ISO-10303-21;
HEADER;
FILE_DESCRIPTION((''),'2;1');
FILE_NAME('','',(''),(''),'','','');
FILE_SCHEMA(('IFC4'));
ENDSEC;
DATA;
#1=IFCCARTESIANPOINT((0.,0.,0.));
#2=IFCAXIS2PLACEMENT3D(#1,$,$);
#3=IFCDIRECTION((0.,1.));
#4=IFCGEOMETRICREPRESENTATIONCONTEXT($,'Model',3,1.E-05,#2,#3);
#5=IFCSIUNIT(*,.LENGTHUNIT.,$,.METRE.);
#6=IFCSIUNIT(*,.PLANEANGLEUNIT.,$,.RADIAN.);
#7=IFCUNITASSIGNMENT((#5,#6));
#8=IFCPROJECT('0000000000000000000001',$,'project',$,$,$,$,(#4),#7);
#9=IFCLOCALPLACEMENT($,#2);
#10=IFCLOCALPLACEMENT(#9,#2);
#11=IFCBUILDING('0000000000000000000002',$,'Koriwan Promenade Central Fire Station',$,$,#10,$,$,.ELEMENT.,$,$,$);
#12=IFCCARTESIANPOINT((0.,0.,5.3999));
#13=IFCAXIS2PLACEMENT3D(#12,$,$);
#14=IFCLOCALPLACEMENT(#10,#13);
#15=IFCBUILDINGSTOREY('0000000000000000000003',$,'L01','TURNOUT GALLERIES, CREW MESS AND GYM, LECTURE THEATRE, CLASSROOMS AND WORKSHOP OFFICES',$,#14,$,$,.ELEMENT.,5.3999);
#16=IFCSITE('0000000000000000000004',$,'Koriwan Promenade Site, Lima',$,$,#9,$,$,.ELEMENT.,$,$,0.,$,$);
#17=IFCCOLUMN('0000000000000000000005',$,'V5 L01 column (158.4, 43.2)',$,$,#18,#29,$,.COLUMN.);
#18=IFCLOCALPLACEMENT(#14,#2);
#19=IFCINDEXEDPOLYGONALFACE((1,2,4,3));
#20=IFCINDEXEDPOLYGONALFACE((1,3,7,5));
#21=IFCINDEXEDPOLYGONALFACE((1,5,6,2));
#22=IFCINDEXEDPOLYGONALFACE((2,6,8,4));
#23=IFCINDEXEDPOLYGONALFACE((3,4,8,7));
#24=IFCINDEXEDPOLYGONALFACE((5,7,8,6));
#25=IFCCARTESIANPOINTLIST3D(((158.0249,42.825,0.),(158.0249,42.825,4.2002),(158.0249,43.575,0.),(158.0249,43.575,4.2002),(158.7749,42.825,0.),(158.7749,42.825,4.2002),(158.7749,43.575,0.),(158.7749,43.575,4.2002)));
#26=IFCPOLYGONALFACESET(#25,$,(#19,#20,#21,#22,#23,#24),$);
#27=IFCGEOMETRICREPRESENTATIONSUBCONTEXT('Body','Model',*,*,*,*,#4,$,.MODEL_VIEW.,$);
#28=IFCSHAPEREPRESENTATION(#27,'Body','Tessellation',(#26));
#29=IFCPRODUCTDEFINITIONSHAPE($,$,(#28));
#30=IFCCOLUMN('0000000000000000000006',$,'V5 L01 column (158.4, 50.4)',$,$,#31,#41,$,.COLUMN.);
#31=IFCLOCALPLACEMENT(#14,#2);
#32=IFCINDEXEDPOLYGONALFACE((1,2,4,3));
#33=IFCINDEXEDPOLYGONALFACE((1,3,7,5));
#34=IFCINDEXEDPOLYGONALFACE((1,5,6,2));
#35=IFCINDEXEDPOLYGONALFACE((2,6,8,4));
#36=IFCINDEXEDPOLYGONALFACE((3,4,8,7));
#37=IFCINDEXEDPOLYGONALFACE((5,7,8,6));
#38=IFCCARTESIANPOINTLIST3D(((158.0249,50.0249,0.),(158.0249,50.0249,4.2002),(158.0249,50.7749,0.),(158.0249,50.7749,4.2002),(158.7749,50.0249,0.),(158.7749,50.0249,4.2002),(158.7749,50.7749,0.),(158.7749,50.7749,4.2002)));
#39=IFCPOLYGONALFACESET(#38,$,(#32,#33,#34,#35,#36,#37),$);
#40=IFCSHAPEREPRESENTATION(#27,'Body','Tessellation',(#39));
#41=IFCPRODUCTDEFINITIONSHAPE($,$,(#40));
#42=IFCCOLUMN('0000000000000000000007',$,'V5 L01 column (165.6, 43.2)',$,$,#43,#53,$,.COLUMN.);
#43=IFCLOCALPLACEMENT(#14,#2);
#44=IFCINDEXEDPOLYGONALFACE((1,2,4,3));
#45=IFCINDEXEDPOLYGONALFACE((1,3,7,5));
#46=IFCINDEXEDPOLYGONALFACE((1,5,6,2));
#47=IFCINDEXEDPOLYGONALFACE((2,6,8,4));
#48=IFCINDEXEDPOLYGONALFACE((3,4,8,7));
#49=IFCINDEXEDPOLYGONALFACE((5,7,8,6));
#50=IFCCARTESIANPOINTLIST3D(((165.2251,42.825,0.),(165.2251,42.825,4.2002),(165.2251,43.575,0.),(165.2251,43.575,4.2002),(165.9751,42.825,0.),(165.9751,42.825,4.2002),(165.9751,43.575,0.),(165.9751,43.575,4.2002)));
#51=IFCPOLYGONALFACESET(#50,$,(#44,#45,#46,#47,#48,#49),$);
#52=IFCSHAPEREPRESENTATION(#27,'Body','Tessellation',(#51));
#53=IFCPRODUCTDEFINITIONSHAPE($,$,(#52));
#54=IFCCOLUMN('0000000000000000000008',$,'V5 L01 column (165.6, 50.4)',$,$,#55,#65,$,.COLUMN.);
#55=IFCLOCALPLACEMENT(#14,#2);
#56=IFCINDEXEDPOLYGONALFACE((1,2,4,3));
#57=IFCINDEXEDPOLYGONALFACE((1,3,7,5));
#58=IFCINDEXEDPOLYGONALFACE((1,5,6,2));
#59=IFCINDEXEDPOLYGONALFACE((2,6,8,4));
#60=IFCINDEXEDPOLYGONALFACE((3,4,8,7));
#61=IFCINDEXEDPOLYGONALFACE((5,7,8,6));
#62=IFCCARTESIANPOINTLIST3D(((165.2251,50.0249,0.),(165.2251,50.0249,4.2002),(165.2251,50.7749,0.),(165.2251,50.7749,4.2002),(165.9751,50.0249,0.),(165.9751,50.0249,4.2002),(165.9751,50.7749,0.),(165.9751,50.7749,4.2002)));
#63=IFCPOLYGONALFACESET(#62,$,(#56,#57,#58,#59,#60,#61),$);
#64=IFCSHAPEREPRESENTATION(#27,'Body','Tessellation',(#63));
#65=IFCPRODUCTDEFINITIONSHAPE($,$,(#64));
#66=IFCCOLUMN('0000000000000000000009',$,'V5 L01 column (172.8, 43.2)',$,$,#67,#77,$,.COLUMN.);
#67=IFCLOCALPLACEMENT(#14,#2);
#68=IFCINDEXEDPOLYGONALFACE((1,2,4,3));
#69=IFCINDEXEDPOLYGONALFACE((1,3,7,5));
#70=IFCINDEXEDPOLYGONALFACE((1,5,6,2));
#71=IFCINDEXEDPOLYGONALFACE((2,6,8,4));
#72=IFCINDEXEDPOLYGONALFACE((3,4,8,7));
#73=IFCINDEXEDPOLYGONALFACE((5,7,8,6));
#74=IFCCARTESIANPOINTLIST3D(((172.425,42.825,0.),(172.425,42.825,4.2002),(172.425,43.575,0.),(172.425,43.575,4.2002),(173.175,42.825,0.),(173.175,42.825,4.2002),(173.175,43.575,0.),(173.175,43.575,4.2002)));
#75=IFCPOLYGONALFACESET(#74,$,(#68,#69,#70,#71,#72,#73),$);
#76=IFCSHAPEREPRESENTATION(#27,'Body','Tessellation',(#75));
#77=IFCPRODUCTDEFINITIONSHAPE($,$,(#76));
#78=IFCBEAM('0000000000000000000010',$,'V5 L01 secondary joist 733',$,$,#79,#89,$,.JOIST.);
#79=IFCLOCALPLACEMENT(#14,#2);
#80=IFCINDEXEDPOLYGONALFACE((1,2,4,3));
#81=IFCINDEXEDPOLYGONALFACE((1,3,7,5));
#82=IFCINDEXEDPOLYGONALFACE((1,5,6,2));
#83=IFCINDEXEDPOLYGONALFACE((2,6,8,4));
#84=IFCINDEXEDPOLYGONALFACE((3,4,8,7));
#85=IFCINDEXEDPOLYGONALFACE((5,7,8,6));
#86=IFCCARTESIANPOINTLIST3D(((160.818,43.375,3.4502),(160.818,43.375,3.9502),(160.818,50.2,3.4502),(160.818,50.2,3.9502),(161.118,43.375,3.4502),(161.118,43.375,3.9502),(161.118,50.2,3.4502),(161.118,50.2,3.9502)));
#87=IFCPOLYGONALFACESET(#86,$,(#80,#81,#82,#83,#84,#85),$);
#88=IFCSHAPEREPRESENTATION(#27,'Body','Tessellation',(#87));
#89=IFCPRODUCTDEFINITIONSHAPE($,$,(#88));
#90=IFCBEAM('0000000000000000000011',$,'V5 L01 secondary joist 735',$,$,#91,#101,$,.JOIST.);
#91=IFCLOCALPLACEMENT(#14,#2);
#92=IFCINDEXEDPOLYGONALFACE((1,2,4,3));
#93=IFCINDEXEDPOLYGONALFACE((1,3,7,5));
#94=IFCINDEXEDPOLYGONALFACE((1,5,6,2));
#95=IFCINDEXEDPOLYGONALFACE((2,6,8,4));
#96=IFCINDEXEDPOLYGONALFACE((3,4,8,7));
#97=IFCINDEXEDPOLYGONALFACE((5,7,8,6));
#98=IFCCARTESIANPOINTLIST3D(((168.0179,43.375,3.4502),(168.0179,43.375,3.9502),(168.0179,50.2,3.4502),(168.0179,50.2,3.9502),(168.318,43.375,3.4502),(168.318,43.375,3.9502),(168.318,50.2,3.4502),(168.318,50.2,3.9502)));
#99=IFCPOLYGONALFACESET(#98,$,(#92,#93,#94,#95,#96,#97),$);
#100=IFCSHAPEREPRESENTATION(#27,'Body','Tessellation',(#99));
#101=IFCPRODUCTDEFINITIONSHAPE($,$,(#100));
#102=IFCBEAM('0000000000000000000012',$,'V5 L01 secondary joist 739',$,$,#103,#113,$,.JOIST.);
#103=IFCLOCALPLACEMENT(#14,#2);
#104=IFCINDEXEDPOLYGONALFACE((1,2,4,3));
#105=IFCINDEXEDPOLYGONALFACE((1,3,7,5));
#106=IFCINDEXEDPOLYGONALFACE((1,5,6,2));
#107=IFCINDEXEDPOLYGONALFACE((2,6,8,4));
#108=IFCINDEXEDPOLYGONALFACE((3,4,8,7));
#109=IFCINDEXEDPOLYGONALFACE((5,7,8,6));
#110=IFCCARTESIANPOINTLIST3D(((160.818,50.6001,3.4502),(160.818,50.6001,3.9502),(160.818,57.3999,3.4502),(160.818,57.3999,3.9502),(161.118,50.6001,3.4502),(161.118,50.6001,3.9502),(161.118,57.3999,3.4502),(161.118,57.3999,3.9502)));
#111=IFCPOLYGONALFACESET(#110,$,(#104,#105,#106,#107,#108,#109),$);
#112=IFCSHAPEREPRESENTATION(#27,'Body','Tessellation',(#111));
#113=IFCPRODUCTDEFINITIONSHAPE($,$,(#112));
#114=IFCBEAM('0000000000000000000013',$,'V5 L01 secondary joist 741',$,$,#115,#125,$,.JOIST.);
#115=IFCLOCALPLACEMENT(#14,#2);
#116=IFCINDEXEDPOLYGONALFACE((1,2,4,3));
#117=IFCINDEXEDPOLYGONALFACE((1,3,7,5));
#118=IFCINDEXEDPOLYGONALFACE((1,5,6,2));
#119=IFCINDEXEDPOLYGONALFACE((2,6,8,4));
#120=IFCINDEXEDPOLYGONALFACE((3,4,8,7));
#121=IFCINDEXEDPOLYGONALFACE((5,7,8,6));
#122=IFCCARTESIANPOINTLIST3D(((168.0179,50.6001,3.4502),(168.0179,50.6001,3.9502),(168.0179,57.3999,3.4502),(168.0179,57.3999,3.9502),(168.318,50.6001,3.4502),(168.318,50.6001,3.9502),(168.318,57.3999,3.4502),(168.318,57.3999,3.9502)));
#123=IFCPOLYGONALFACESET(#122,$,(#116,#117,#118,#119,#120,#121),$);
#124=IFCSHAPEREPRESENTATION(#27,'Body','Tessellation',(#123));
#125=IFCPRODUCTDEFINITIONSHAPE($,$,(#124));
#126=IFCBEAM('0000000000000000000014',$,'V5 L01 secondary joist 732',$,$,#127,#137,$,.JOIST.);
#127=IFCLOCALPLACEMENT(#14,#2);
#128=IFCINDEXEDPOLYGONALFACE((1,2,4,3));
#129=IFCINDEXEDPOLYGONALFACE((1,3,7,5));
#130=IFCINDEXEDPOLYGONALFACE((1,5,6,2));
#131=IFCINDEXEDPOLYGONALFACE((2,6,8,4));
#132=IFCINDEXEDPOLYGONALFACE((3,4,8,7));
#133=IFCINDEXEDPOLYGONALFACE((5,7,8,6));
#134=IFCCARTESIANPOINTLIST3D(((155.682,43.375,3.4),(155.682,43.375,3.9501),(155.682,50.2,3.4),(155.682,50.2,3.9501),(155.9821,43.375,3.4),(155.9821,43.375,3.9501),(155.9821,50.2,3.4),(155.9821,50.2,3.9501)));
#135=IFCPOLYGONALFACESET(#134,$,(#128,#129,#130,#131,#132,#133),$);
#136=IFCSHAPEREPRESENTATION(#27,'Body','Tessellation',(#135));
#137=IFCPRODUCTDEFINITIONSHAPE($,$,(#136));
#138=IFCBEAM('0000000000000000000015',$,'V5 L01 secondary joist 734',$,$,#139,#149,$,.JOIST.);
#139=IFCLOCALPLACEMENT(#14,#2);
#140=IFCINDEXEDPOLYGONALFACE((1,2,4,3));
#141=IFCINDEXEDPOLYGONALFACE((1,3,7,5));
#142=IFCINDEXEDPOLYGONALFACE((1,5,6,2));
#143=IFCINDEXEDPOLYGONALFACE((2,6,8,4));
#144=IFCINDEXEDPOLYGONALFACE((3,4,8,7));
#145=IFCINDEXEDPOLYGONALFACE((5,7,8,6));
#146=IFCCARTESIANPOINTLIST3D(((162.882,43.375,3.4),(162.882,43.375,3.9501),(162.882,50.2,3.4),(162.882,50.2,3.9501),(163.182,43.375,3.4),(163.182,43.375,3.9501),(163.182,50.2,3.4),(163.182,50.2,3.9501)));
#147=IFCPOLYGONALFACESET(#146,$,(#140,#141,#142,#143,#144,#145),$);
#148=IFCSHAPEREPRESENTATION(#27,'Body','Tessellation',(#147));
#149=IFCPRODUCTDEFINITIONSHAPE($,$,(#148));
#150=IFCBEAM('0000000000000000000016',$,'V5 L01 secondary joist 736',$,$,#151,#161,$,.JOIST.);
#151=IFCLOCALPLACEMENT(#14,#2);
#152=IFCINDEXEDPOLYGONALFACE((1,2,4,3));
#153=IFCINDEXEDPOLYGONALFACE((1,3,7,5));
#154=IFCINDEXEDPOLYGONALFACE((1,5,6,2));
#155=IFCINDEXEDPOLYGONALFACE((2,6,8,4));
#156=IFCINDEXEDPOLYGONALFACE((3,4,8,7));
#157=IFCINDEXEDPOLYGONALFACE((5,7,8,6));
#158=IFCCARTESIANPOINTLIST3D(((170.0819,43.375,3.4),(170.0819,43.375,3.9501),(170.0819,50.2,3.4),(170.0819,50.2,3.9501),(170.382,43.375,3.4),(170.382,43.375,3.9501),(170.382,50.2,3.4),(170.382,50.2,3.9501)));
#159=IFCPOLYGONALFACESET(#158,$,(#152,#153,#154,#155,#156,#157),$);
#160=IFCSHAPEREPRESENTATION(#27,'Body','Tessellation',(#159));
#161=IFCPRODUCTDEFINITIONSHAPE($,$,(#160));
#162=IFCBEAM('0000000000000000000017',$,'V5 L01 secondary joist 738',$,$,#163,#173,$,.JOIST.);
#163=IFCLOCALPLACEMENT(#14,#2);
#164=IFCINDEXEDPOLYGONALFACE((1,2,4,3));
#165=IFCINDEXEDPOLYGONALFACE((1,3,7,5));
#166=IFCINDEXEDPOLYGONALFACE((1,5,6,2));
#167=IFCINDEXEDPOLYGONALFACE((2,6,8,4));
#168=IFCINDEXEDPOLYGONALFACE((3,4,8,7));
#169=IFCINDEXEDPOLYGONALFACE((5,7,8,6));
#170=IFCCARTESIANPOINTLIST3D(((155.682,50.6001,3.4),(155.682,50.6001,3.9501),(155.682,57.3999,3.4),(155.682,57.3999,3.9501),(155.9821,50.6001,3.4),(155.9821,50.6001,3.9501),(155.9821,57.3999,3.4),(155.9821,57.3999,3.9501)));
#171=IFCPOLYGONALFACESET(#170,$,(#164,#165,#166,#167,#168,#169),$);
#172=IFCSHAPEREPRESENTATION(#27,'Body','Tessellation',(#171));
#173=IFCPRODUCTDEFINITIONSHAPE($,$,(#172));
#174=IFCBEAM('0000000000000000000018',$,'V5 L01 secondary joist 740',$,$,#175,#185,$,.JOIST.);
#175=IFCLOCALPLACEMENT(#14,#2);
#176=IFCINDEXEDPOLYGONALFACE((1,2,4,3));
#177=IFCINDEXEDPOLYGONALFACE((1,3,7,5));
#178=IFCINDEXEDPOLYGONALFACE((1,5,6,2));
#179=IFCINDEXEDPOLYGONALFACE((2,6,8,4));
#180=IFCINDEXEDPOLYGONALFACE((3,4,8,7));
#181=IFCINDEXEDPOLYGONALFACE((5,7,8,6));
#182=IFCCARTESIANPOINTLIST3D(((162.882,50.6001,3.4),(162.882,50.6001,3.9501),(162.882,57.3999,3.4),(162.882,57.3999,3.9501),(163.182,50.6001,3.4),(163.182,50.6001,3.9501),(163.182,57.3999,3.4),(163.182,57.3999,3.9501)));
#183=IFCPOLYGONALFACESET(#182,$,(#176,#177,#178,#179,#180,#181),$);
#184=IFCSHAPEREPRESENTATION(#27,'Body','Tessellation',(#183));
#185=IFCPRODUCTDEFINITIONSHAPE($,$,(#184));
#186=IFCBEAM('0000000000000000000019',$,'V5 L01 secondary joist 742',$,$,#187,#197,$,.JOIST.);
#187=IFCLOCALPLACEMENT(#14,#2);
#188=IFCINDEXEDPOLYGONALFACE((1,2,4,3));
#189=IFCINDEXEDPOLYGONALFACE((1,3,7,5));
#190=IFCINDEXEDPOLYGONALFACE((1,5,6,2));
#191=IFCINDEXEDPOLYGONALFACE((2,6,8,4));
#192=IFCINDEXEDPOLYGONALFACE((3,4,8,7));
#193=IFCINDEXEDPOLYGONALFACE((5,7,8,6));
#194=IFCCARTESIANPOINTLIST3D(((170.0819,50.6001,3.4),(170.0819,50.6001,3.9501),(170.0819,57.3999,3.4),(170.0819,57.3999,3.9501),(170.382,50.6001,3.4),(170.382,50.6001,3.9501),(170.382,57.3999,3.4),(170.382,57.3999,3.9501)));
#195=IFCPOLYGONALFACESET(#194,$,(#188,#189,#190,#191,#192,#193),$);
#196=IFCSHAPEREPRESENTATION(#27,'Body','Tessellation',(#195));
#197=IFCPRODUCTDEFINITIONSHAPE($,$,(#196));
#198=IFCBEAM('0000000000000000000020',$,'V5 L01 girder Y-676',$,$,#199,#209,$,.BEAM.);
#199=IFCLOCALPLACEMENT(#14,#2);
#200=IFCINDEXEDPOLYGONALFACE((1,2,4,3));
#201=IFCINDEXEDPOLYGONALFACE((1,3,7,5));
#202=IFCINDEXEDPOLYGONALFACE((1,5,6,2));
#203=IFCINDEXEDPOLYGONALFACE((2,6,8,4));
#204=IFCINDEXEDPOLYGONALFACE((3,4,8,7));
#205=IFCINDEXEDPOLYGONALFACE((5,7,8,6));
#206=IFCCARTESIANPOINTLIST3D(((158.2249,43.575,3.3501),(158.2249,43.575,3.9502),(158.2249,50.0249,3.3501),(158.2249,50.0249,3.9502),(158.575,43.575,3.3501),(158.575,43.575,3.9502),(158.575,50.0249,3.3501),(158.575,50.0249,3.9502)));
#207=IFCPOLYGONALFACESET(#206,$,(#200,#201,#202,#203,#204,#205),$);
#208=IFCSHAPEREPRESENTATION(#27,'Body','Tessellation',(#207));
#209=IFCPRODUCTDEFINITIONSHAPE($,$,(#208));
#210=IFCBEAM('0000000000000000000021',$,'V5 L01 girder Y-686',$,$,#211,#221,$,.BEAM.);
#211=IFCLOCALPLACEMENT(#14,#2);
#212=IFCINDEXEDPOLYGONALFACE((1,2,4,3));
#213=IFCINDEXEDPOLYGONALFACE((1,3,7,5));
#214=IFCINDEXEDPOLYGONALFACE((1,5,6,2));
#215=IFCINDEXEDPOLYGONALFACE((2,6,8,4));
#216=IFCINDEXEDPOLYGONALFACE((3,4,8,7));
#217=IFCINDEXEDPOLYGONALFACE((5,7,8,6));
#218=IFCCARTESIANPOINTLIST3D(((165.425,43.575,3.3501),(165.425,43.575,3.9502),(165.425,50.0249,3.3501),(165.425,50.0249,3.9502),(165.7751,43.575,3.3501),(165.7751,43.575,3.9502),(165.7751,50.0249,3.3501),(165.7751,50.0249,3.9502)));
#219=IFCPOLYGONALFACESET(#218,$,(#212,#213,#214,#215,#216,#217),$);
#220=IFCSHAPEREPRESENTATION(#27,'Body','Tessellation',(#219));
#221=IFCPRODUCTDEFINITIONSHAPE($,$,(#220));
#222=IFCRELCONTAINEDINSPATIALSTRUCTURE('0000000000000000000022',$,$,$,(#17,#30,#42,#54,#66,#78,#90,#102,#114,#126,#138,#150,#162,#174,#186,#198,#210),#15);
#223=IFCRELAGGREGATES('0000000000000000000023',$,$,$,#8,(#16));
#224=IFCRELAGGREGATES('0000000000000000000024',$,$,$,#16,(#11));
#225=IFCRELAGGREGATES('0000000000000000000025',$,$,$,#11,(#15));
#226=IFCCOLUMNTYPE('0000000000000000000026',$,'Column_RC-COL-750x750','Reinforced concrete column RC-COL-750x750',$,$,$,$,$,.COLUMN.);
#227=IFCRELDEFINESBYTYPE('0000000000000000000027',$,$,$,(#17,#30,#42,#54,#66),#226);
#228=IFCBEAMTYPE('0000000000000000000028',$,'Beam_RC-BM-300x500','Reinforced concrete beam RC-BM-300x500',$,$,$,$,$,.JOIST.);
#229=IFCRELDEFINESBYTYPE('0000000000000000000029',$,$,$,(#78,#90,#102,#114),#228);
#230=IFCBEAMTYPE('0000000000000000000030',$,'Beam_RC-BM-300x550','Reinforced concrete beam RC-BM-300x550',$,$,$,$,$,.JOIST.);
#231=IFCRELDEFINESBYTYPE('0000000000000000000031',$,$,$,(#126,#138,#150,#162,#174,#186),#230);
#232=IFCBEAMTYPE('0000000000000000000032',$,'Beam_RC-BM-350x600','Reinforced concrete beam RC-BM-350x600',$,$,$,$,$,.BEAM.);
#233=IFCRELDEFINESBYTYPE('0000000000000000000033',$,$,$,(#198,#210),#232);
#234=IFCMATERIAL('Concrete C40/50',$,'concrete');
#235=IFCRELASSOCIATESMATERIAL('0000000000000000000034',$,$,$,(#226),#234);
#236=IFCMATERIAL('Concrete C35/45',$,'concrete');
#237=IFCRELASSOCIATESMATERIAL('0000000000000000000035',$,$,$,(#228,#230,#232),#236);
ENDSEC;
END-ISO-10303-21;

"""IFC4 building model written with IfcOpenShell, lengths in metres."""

from ifc_helpers import new_model, si_unit, direction, frame, origin, origin_2d, place, context, subcontext, project, spatial, rectangle, extrude, material, material_profile, profile_set, type_object, element, save


model = new_model("IFC4")

# Units and contexts
model_context = context("Model", 3, precision=1e-05, world=origin(), true_north=direction((0.0, 1.0)))
body_context = subcontext(model_context, "Body", "Model", "MODEL_VIEW")
ifc_project = project(units=[si_unit("LENGTHUNIT", "METRE"), si_unit("PLANEANGLEUNIT", "RADIAN")], contexts=[model_context])

# Site, building, storey
site_placement = place(None, origin())
site = spatial("IfcSite", under=ifc_project, at=site_placement, Name="Koriwan Promenade Site, Lima", CompositionType="ELEMENT", RefElevation=0.0)
building_placement = place(site_placement, origin())
building = spatial("IfcBuilding", under=site, at=building_placement, Name="Koriwan Promenade Central Fire Station", CompositionType="ELEMENT")
storey_placement = place(building_placement, frame((0.0, 0.0, 5.3999)))
storey = spatial("IfcBuildingStorey", under=building, at=storey_placement, Name="L01", Description="TURNOUT GALLERIES, CREW MESS AND GYM, LECTURE THEATRE, CLASSROOMS AND WORKSHOP OFFICES", CompositionType="ELEMENT", Elevation=5.3999)

# Columns
ifc_material_1 = material(Name="Concrete C40/50", Category="concrete")
ifc_material_profile_1 = material_profile(ifc_material_1, rectangle(XDim=0.75, YDim=0.75, at=origin_2d()), Name="RC-COL-750x750")
ifc_profile_set_1 = profile_set([ifc_material_profile_1], Name="Concrete C40/50")
column_type = type_object("IfcColumnType", Name="Column_RC-COL-750x750", Description="Reinforced concrete column RC-COL-750x750", PredefinedType="COLUMN", material=ifc_profile_set_1)
for number, where, z_axis, x_axis, name in (
    (1, (158.3999, 43.2, 0.0), (0.0, 0.0, 1.0), (1.0, 0.0, 0.0), "V5 L01 column (158.4, 43.2)"),
    (2, (158.3999, 50.3999, 0.0), (0.0, 0.0, 1.0), (1.0, 0.0, 0.0), "V5 L01 column (158.4, 50.4)"),
    (3, (165.6001, 43.2, 0.0), (0.0, 0.0, 1.0), (1.0, 0.0, 0.0), "V5 L01 column (165.6, 43.2)"),
    (4, (165.6001, 50.3999, 0.0), (0.0, 0.0, 1.0), (1.0, 0.0, 0.0), "V5 L01 column (165.6, 50.4)"),
    (5, (172.8, 43.2, 0.0), (0.0, 0.0, 1.0), (1.0, 0.0, 0.0), "V5 L01 column (172.8, 43.2)"),
):
    element("IfcColumn", number, at=place(storey_placement, frame(where, z_axis=z_axis, x_axis=x_axis)), inside=storey, type_object=column_type, Name=name, PredefinedType="COLUMN", context=body_context, shape_type="SweptSolid", body=[
        extrude(rectangle(XDim=0.75, YDim=0.75, at=origin_2d()), origin(), (0.0, 0.0, 1.0), 4.2002),
    ])

# Beams
ifc_material_2 = material(Name="Concrete C35/45", Category="concrete")
ifc_material_profile_2 = material_profile(ifc_material_2, rectangle(XDim=0.3, YDim=0.5, at=origin_2d()), Name="RC-BM-300x500")
ifc_profile_set_2 = profile_set([ifc_material_profile_2], Name="Concrete C35/45")
beam_type_1 = type_object("IfcBeamType", Name="Beam_RC-BM-300x500", Description="Reinforced concrete beam RC-BM-300x500", PredefinedType="JOIST", material=ifc_profile_set_2)
for number, where, z_axis, x_axis, name in (
    (6, (160.968, 43.375, 3.7002), (0.0, 1.0, 0.0), (-1.0, 0.0, 0.0), "V5 L01 secondary joist 733"),
    (7, (168.168, 43.375, 3.7002), (0.0, 1.0, 0.0), (-1.0, 0.0, 0.0), "V5 L01 secondary joist 735"),
):
    element("IfcBeam", number, at=place(storey_placement, frame(where, z_axis=z_axis, x_axis=x_axis)), inside=storey, type_object=beam_type_1, Name=name, PredefinedType="JOIST", context=body_context, shape_type="SweptSolid", body=[
        extrude(rectangle(XDim=0.3, YDim=0.5, at=origin_2d()), origin(), (0.0, 0.0, 1.0), 6.825),
    ])
for number, where, z_axis, x_axis, name in (
    (8, (160.968, 50.6001, 3.7002), (0.0, 1.0, 0.0), (-1.0, 0.0, 0.0), "V5 L01 secondary joist 739"),
    (9, (168.168, 50.6001, 3.7002), (0.0, 1.0, 0.0), (-1.0, 0.0, 0.0), "V5 L01 secondary joist 741"),
):
    element("IfcBeam", number, at=place(storey_placement, frame(where, z_axis=z_axis, x_axis=x_axis)), inside=storey, type_object=beam_type_1, Name=name, PredefinedType="JOIST", context=body_context, shape_type="SweptSolid", body=[
        extrude(rectangle(XDim=0.3, YDim=0.5, at=origin_2d()), origin(), (0.0, 0.0, 1.0), 6.7998),
    ])
ifc_material_profile_3 = material_profile(ifc_material_2, rectangle(XDim=0.3, YDim=0.55, at=origin_2d()), Name="RC-BM-300x550")
ifc_profile_set_3 = profile_set([ifc_material_profile_3], Name="Concrete C35/45")
beam_type_2 = type_object("IfcBeamType", Name="Beam_RC-BM-300x550", Description="Reinforced concrete beam RC-BM-300x550", PredefinedType="JOIST", material=ifc_profile_set_3)
for number, where, z_axis, x_axis, name in (
    (10, (155.832, 43.375, 3.675), (0.0, 1.0, 0.0), (-1.0, 0.0, 0.0), "V5 L01 secondary joist 732"),
    (11, (163.032, 43.375, 3.675), (0.0, 1.0, 0.0), (-1.0, 0.0, 0.0), "V5 L01 secondary joist 734"),
    (12, (170.2319, 43.375, 3.675), (0.0, 1.0, 0.0), (-1.0, 0.0, 0.0), "V5 L01 secondary joist 736"),
):
    element("IfcBeam", number, at=place(storey_placement, frame(where, z_axis=z_axis, x_axis=x_axis)), inside=storey, type_object=beam_type_2, Name=name, PredefinedType="JOIST", context=body_context, shape_type="SweptSolid", body=[
        extrude(rectangle(XDim=0.3, YDim=0.55, at=origin_2d()), origin(), (0.0, 0.0, 1.0), 6.825),
    ])
for number, where, z_axis, x_axis, name in (
    (13, (155.832, 50.6001, 3.675), (0.0, 1.0, 0.0), (-1.0, 0.0, 0.0), "V5 L01 secondary joist 738"),
    (14, (163.032, 50.6001, 3.675), (0.0, 1.0, 0.0), (-1.0, 0.0, 0.0), "V5 L01 secondary joist 740"),
    (15, (170.2319, 50.6001, 3.675), (0.0, 1.0, 0.0), (-1.0, 0.0, 0.0), "V5 L01 secondary joist 742"),
):
    element("IfcBeam", number, at=place(storey_placement, frame(where, z_axis=z_axis, x_axis=x_axis)), inside=storey, type_object=beam_type_2, Name=name, PredefinedType="JOIST", context=body_context, shape_type="SweptSolid", body=[
        extrude(rectangle(XDim=0.3, YDim=0.55, at=origin_2d()), origin(), (0.0, 0.0, 1.0), 6.7998),
    ])
ifc_material_profile_4 = material_profile(ifc_material_2, rectangle(XDim=0.3501, YDim=0.6001, at=origin_2d()), Name="RC-BM-350x600")
ifc_profile_set_4 = profile_set([ifc_material_profile_4], Name="Concrete C35/45")
beam_type_3 = type_object("IfcBeamType", Name="Beam_RC-BM-350x600", Description="Reinforced concrete beam RC-BM-350x600", PredefinedType="BEAM", material=ifc_profile_set_4)
for number, where, z_axis, x_axis, name in (
    (16, (158.3999, 43.575, 3.6501), (0.0, 1.0, 0.0), (-1.0, 0.0, 0.0), "V5 L01 girder Y-676"),
    (17, (165.6001, 43.575, 3.6501), (0.0, 1.0, 0.0), (-1.0, 0.0, 0.0), "V5 L01 girder Y-686"),
):
    element("IfcBeam", number, at=place(storey_placement, frame(where, z_axis=z_axis, x_axis=x_axis)), inside=storey, type_object=beam_type_3, Name=name, PredefinedType="BEAM", context=body_context, shape_type="SweptSolid", body=[
        extrude(rectangle(XDim=0.3501, YDim=0.6001, at=origin_2d()), origin(), (0.0, 0.0, 1.0), 6.45),
    ])

save(model, "model.ifc")
